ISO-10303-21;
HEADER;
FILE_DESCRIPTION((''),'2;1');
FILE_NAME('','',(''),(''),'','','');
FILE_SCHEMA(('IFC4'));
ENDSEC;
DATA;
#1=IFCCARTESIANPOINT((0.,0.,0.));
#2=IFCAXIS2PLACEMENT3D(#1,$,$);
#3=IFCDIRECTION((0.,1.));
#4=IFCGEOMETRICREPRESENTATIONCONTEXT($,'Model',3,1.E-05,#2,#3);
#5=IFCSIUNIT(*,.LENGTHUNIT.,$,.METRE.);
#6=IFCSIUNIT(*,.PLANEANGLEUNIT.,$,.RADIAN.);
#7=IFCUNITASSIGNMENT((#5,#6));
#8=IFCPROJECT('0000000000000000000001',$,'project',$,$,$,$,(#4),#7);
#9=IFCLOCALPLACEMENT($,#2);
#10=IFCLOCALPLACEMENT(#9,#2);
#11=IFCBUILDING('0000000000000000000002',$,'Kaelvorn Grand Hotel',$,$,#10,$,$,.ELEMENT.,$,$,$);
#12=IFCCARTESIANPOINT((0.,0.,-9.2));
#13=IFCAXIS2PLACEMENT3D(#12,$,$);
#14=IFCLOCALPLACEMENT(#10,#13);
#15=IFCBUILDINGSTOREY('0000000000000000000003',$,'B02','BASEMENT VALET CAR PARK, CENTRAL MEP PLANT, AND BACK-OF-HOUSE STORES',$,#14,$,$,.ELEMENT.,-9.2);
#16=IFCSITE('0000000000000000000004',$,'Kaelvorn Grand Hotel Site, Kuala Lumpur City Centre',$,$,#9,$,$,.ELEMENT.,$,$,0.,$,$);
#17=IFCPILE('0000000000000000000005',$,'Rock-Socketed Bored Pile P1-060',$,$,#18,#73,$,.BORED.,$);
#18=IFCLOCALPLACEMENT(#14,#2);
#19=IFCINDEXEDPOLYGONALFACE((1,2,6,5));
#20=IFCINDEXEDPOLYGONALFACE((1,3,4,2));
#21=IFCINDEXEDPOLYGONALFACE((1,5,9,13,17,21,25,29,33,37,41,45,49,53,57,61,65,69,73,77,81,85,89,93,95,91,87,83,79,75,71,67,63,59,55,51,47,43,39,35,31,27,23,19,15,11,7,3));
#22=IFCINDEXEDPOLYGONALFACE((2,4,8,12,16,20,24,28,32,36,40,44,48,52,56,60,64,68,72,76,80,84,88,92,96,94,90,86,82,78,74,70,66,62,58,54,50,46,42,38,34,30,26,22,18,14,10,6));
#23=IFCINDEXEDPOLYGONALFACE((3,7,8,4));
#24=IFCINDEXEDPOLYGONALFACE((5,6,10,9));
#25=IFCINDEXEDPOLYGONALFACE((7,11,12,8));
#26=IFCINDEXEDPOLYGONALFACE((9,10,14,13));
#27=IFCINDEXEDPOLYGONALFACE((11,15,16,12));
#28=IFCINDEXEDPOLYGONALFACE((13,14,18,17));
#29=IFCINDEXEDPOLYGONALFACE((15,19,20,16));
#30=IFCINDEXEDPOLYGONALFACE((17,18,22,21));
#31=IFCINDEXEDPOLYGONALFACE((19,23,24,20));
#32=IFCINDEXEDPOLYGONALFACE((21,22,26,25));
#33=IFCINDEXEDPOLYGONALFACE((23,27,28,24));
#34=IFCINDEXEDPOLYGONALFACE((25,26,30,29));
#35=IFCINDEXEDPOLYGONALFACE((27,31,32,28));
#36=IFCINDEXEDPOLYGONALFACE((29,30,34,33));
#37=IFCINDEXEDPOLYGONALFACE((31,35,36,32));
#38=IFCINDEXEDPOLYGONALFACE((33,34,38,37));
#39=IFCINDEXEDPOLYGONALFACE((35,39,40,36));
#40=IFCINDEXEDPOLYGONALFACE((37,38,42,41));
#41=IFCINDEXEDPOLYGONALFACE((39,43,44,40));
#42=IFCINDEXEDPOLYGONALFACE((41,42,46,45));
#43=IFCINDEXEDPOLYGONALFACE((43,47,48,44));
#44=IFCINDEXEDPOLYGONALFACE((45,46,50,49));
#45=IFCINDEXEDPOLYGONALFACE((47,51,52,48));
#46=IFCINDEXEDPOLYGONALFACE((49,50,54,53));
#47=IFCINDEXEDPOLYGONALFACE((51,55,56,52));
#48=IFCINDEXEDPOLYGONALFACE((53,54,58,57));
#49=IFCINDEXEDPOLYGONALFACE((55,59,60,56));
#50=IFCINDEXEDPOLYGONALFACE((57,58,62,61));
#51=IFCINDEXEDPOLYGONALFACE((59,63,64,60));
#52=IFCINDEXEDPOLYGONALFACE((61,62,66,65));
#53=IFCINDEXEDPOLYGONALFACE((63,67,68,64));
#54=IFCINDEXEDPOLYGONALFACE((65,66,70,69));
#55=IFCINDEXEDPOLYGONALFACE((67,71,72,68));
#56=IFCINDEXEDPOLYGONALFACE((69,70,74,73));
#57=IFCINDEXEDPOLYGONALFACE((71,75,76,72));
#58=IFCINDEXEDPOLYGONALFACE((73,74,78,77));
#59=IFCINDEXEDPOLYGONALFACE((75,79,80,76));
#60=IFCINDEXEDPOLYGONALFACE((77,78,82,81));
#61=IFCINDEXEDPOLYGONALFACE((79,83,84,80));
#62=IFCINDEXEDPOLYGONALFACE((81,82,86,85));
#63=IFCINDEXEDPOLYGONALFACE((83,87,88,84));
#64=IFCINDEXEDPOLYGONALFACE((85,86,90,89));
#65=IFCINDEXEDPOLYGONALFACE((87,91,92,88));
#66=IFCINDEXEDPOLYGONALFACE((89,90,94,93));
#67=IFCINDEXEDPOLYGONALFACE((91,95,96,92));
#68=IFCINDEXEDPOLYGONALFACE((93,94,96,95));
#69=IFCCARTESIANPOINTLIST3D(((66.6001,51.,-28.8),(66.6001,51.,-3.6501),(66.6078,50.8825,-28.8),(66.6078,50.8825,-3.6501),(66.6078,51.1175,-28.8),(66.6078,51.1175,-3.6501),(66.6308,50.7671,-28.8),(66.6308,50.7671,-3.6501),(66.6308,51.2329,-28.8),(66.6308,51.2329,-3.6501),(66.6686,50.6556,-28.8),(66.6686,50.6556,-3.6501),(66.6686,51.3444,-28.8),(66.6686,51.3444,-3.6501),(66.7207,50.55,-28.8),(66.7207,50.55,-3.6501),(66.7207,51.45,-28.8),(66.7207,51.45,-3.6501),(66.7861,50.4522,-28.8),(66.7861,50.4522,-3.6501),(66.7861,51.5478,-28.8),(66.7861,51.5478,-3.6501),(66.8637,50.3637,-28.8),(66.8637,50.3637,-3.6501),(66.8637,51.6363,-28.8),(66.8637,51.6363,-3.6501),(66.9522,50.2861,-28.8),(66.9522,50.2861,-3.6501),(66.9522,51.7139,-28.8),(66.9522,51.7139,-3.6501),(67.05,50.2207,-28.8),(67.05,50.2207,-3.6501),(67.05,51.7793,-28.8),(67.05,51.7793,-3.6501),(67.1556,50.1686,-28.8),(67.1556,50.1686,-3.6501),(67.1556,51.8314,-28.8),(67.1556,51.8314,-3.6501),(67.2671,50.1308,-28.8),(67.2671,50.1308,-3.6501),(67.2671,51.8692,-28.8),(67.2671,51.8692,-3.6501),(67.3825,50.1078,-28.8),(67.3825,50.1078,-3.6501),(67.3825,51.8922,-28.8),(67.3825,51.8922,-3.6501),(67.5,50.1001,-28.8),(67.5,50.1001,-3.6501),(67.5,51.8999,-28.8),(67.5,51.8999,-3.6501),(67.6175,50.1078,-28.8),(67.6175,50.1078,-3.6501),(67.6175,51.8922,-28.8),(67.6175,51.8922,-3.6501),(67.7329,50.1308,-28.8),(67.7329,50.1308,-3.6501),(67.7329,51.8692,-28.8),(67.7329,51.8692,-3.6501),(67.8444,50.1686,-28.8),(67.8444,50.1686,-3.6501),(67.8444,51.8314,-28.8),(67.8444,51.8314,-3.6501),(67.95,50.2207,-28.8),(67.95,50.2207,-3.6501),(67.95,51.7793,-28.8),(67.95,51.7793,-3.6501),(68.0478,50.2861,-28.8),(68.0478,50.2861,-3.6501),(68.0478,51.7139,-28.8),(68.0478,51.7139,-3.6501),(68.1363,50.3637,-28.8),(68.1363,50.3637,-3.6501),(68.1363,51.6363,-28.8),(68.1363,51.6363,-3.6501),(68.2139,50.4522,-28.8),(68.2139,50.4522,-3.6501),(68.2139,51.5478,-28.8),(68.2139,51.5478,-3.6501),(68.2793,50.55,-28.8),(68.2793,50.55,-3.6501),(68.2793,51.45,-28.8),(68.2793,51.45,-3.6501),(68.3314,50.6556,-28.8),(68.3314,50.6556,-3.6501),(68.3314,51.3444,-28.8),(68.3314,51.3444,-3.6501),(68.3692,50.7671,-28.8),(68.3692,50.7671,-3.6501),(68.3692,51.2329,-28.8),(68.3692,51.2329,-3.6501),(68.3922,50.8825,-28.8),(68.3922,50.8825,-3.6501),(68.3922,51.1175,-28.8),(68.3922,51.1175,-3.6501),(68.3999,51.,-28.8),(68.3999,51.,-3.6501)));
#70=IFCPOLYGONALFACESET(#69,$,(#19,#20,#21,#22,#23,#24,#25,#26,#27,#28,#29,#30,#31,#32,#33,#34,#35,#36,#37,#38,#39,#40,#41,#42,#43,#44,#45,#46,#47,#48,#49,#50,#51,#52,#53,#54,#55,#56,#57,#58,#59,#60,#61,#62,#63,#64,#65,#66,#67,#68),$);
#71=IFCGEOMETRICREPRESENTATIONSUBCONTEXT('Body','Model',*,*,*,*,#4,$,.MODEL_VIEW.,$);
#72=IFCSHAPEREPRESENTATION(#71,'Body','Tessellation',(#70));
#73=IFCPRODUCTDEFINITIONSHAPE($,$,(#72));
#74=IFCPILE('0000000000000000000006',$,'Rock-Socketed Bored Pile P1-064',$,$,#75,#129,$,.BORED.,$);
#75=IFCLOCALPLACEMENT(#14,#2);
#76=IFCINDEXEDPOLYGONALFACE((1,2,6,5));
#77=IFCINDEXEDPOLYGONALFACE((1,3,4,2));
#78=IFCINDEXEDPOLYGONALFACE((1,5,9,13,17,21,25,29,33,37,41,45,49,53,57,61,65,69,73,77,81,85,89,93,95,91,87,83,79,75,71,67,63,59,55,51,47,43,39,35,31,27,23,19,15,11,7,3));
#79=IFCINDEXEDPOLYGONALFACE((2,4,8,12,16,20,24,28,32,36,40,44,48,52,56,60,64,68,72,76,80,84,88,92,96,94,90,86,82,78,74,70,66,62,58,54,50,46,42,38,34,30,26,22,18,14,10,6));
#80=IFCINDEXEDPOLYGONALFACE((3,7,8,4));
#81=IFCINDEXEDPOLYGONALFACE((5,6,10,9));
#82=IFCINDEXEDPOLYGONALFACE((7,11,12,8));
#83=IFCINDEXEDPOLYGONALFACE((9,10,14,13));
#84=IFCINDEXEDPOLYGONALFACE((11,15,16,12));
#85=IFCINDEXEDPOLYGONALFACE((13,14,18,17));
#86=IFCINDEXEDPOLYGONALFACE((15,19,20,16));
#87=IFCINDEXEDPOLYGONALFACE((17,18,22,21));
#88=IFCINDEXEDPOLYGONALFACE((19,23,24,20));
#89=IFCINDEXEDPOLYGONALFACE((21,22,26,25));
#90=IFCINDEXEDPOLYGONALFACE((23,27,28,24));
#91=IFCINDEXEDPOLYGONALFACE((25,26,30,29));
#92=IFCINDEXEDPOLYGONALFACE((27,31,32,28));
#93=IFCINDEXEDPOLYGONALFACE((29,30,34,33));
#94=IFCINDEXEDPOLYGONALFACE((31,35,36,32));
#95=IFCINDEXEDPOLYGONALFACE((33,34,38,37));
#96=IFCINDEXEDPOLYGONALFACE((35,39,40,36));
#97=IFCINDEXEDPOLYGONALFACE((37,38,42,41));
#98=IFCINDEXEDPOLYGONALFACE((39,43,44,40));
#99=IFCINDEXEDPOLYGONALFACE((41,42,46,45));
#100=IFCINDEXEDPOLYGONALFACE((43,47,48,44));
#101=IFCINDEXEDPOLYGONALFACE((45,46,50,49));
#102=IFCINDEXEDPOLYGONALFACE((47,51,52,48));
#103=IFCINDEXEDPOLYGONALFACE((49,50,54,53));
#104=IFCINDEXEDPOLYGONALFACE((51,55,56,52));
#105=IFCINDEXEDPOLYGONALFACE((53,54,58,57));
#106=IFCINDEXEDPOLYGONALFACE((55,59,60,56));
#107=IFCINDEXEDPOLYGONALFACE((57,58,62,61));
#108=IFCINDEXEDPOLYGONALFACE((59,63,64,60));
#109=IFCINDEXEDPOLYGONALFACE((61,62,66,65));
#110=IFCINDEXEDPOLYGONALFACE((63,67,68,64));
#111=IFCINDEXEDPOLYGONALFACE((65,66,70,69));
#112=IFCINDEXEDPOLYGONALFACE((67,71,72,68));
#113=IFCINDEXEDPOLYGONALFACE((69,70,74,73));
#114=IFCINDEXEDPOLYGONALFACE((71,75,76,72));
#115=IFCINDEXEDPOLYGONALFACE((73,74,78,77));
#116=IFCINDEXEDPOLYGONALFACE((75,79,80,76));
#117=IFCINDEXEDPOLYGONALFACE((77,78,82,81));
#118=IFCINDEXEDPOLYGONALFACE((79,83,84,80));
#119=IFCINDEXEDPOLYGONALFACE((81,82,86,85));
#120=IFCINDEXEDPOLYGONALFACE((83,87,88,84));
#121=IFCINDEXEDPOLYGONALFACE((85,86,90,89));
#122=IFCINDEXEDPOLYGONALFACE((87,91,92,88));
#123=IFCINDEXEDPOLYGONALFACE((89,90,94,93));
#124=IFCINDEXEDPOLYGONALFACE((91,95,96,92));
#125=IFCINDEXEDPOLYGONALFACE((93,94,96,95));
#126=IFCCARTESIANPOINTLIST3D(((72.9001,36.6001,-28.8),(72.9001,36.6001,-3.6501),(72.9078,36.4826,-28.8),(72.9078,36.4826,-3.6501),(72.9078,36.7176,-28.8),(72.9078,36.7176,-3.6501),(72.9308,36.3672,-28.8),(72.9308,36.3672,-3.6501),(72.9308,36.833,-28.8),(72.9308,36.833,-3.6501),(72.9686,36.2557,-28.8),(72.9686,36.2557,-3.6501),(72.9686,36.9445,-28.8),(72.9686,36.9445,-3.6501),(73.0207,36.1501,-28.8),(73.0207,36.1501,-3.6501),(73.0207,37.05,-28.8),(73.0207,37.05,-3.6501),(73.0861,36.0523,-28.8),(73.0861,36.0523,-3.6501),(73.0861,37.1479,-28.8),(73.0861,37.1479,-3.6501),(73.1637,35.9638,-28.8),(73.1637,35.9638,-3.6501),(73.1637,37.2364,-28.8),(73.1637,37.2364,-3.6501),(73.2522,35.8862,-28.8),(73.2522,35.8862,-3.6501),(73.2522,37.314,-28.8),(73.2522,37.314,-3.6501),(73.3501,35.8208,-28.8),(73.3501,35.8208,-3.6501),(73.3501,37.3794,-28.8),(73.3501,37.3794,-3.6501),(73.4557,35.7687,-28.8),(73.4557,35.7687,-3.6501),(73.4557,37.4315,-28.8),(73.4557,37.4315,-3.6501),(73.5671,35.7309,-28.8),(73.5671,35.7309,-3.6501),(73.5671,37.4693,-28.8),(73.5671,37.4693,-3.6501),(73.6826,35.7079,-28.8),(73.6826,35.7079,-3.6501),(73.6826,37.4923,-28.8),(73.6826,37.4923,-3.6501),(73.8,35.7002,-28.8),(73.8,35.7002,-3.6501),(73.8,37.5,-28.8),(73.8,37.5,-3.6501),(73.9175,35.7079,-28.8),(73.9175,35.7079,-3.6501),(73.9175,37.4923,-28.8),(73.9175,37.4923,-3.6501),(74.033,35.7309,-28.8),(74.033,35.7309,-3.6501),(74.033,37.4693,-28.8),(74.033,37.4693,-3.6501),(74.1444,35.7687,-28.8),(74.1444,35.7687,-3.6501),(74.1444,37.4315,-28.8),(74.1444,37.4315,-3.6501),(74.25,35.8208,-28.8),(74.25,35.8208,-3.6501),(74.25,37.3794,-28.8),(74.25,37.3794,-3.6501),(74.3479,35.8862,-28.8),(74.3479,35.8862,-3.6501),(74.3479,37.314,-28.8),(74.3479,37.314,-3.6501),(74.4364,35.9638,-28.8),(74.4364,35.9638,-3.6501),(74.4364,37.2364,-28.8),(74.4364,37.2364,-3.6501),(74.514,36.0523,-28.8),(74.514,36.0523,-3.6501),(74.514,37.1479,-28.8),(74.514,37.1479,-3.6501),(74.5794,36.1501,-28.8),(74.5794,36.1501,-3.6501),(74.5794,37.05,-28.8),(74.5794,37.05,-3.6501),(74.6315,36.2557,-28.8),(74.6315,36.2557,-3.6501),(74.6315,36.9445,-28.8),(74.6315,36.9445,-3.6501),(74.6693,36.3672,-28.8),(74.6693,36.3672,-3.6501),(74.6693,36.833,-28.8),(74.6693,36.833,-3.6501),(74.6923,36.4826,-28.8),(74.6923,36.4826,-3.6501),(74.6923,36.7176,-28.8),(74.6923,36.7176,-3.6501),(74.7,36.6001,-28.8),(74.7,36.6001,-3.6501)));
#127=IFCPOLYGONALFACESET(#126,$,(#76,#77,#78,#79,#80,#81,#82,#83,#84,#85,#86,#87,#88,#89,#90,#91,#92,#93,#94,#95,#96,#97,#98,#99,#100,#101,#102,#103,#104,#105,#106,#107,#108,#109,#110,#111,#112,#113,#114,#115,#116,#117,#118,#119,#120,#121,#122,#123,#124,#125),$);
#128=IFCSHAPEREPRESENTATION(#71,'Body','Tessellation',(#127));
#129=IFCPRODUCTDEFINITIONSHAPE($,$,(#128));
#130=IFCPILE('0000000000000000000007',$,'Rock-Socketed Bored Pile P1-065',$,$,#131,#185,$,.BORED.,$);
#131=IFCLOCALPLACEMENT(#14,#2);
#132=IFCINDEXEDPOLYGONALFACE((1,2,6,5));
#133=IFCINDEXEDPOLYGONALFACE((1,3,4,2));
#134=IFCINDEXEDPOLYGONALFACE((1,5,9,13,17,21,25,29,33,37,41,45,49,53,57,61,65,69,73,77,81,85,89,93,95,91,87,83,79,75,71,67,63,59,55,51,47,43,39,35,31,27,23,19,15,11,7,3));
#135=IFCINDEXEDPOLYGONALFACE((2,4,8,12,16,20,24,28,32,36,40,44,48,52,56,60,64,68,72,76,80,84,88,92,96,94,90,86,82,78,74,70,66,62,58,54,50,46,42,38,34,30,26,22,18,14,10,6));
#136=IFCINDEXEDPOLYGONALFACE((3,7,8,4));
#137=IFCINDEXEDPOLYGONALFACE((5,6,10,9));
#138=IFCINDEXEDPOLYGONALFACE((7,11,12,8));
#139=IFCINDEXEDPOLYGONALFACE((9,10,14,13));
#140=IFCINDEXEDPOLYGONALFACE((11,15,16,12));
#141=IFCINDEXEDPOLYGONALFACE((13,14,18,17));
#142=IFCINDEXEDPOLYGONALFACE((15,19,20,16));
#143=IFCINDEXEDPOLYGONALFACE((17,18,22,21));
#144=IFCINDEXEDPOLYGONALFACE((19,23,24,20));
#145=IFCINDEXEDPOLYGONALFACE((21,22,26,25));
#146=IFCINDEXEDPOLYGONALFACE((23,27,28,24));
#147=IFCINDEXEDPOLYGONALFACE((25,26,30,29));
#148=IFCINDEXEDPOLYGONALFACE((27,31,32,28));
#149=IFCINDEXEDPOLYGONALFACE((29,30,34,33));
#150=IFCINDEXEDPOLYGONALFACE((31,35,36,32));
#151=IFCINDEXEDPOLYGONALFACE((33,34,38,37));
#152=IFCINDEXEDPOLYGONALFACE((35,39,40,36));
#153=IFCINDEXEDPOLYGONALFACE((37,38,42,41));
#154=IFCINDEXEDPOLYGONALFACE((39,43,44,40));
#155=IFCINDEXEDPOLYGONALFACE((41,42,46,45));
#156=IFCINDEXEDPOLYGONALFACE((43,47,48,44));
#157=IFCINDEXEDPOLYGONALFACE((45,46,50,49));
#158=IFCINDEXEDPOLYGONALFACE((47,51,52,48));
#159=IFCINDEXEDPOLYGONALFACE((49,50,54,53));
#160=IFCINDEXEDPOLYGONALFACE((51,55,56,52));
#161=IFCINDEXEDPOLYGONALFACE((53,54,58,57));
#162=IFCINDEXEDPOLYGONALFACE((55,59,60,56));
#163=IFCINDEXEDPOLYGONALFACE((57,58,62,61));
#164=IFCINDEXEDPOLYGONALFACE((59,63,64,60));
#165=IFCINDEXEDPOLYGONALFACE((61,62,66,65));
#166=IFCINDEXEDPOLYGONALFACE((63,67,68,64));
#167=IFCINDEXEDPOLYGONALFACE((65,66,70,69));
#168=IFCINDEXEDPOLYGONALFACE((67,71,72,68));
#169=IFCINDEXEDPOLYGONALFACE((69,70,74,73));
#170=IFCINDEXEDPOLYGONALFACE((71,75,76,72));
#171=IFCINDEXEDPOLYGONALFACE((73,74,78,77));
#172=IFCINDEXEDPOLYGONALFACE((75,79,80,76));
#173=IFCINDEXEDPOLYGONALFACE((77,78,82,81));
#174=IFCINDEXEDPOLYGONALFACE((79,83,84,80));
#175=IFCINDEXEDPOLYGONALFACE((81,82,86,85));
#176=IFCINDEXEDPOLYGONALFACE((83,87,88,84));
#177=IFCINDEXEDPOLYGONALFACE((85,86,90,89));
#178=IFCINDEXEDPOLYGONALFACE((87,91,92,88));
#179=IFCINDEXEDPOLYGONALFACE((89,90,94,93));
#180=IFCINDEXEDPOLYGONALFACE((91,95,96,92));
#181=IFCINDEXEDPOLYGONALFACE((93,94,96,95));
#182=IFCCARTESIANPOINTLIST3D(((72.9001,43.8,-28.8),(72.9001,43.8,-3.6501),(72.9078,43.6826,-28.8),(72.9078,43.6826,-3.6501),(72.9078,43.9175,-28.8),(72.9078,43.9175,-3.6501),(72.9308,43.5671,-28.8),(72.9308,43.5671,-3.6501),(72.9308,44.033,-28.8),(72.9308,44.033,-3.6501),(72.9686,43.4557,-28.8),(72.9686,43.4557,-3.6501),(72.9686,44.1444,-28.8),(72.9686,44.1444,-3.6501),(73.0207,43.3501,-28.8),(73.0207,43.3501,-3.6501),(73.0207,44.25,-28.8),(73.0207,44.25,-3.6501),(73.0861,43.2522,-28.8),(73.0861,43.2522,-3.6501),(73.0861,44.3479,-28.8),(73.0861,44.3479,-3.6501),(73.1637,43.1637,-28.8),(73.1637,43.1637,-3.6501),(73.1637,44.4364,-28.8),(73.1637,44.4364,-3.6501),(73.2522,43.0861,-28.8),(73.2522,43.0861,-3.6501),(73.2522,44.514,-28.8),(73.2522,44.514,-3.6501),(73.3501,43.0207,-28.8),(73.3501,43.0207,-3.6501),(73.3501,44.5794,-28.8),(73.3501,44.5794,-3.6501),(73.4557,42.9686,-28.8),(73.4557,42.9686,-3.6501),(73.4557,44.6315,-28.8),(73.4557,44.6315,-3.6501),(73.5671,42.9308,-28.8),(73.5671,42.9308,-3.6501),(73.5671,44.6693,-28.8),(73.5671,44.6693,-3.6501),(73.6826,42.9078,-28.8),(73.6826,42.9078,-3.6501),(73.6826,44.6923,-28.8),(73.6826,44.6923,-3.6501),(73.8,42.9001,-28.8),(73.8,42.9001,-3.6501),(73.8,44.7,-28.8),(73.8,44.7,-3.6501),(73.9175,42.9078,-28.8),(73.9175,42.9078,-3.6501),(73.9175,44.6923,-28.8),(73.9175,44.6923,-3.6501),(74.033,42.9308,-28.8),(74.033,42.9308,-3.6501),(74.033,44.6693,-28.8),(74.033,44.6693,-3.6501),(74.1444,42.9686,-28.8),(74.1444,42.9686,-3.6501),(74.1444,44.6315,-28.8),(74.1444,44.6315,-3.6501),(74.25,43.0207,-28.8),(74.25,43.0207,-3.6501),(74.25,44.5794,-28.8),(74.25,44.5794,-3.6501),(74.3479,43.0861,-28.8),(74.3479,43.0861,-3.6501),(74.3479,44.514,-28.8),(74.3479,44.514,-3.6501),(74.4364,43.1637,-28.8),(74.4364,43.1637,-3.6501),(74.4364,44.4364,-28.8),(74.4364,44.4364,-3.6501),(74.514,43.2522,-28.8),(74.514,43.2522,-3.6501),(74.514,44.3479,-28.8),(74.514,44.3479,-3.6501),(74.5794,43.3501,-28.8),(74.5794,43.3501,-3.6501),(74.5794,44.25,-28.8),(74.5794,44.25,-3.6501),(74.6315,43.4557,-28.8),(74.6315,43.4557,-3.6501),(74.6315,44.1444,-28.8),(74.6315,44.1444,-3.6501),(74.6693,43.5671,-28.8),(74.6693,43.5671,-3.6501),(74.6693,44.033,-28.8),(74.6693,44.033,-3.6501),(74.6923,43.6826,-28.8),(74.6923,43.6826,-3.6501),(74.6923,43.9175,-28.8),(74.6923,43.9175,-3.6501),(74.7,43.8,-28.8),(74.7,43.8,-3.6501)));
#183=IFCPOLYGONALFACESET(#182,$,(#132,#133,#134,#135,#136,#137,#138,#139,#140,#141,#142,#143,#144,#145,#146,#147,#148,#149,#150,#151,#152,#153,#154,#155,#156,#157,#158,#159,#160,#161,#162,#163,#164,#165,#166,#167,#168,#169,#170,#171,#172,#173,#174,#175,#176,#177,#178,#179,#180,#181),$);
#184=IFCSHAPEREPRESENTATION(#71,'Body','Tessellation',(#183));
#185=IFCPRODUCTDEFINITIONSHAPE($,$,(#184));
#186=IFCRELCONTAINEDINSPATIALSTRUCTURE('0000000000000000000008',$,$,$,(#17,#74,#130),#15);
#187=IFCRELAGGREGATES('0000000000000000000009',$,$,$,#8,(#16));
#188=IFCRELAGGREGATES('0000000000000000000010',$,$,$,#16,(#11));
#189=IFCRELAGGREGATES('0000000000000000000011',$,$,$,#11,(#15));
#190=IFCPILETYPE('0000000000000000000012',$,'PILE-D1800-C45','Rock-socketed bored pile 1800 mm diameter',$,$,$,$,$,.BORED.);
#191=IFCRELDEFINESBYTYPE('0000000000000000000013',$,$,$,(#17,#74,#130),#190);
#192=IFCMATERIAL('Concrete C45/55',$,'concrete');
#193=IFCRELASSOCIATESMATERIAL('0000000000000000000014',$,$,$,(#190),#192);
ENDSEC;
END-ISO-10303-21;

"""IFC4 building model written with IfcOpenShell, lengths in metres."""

from ifc_helpers import new_model, si_unit, direction, frame, origin, origin_2d, place, context, subcontext, project, spatial, circle, extrude, material, material_profile, profile_set, type_object, element, save


model = new_model("IFC4")

# Units and contexts
model_context = context("Model", 3, precision=1e-05, world=origin(), true_north=direction((0.0, 1.0)))
body_context = subcontext(model_context, "Body", "Model", "MODEL_VIEW")
ifc_project = project(units=[si_unit("LENGTHUNIT", "METRE"), si_unit("PLANEANGLEUNIT", "RADIAN")], contexts=[model_context])

# Site, building, storey
site_placement = place(None, origin())
site = spatial("IfcSite", under=ifc_project, at=site_placement, Name="Kaelvorn Grand Hotel Site, Kuala Lumpur City Centre", CompositionType="ELEMENT", RefElevation=0.0)
building_placement = place(site_placement, origin())
building = spatial("IfcBuilding", under=site, at=building_placement, Name="Kaelvorn Grand Hotel", CompositionType="ELEMENT")
storey_placement = place(building_placement, frame((0.0, 0.0, -9.2)))
storey = spatial("IfcBuildingStorey", under=building, at=storey_placement, Name="B02", Description="BASEMENT VALET CAR PARK, CENTRAL MEP PLANT, AND BACK-OF-HOUSE STORES", CompositionType="ELEMENT", Elevation=-9.2)

# Piles
ifc_material_1 = material(Name="Concrete C45/55", Category="concrete")
ifc_material_profile_1 = material_profile(ifc_material_1, circle(Radius=0.8999, at=origin_2d()), Name="BORED PILE D1800")
ifc_profile_set_1 = profile_set([ifc_material_profile_1], Name="Concrete C45/55")
pile_type_1 = type_object("IfcPileType", Name="PILE-D1800-C45", Description="Rock-socketed bored pile 1800 mm diameter", PredefinedType="BORED", material=ifc_profile_set_1)
for number, where, z_axis, x_axis, name in (
    (1, (67.5, 51.0, -3.6501), (0.0, 0.0, -1.0), (1.0, 0.0, 0.0), "Rock-Socketed Bored Pile P1-060"),
    (2, (73.8, 36.6001, -3.6501), (0.0, 0.0, -1.0), (1.0, 0.0, 0.0), "Rock-Socketed Bored Pile P1-064"),
    (3, (73.8, 43.8, -3.6501), (0.0, 0.0, -1.0), (1.0, 0.0, 0.0), "Rock-Socketed Bored Pile P1-065"),
):
    element("IfcPile", number, at=place(storey_placement, frame(where, z_axis=z_axis, x_axis=x_axis)), inside=storey, type_object=pile_type_1, Name=name, PredefinedType="BORED", context=body_context, shape_type="SweptSolid", body=[
        extrude(circle(Radius=0.8999, at=origin_2d()), origin(), (0.0, 0.0, 1.0), 25.1499),
    ])

save(model, "model.ifc")
